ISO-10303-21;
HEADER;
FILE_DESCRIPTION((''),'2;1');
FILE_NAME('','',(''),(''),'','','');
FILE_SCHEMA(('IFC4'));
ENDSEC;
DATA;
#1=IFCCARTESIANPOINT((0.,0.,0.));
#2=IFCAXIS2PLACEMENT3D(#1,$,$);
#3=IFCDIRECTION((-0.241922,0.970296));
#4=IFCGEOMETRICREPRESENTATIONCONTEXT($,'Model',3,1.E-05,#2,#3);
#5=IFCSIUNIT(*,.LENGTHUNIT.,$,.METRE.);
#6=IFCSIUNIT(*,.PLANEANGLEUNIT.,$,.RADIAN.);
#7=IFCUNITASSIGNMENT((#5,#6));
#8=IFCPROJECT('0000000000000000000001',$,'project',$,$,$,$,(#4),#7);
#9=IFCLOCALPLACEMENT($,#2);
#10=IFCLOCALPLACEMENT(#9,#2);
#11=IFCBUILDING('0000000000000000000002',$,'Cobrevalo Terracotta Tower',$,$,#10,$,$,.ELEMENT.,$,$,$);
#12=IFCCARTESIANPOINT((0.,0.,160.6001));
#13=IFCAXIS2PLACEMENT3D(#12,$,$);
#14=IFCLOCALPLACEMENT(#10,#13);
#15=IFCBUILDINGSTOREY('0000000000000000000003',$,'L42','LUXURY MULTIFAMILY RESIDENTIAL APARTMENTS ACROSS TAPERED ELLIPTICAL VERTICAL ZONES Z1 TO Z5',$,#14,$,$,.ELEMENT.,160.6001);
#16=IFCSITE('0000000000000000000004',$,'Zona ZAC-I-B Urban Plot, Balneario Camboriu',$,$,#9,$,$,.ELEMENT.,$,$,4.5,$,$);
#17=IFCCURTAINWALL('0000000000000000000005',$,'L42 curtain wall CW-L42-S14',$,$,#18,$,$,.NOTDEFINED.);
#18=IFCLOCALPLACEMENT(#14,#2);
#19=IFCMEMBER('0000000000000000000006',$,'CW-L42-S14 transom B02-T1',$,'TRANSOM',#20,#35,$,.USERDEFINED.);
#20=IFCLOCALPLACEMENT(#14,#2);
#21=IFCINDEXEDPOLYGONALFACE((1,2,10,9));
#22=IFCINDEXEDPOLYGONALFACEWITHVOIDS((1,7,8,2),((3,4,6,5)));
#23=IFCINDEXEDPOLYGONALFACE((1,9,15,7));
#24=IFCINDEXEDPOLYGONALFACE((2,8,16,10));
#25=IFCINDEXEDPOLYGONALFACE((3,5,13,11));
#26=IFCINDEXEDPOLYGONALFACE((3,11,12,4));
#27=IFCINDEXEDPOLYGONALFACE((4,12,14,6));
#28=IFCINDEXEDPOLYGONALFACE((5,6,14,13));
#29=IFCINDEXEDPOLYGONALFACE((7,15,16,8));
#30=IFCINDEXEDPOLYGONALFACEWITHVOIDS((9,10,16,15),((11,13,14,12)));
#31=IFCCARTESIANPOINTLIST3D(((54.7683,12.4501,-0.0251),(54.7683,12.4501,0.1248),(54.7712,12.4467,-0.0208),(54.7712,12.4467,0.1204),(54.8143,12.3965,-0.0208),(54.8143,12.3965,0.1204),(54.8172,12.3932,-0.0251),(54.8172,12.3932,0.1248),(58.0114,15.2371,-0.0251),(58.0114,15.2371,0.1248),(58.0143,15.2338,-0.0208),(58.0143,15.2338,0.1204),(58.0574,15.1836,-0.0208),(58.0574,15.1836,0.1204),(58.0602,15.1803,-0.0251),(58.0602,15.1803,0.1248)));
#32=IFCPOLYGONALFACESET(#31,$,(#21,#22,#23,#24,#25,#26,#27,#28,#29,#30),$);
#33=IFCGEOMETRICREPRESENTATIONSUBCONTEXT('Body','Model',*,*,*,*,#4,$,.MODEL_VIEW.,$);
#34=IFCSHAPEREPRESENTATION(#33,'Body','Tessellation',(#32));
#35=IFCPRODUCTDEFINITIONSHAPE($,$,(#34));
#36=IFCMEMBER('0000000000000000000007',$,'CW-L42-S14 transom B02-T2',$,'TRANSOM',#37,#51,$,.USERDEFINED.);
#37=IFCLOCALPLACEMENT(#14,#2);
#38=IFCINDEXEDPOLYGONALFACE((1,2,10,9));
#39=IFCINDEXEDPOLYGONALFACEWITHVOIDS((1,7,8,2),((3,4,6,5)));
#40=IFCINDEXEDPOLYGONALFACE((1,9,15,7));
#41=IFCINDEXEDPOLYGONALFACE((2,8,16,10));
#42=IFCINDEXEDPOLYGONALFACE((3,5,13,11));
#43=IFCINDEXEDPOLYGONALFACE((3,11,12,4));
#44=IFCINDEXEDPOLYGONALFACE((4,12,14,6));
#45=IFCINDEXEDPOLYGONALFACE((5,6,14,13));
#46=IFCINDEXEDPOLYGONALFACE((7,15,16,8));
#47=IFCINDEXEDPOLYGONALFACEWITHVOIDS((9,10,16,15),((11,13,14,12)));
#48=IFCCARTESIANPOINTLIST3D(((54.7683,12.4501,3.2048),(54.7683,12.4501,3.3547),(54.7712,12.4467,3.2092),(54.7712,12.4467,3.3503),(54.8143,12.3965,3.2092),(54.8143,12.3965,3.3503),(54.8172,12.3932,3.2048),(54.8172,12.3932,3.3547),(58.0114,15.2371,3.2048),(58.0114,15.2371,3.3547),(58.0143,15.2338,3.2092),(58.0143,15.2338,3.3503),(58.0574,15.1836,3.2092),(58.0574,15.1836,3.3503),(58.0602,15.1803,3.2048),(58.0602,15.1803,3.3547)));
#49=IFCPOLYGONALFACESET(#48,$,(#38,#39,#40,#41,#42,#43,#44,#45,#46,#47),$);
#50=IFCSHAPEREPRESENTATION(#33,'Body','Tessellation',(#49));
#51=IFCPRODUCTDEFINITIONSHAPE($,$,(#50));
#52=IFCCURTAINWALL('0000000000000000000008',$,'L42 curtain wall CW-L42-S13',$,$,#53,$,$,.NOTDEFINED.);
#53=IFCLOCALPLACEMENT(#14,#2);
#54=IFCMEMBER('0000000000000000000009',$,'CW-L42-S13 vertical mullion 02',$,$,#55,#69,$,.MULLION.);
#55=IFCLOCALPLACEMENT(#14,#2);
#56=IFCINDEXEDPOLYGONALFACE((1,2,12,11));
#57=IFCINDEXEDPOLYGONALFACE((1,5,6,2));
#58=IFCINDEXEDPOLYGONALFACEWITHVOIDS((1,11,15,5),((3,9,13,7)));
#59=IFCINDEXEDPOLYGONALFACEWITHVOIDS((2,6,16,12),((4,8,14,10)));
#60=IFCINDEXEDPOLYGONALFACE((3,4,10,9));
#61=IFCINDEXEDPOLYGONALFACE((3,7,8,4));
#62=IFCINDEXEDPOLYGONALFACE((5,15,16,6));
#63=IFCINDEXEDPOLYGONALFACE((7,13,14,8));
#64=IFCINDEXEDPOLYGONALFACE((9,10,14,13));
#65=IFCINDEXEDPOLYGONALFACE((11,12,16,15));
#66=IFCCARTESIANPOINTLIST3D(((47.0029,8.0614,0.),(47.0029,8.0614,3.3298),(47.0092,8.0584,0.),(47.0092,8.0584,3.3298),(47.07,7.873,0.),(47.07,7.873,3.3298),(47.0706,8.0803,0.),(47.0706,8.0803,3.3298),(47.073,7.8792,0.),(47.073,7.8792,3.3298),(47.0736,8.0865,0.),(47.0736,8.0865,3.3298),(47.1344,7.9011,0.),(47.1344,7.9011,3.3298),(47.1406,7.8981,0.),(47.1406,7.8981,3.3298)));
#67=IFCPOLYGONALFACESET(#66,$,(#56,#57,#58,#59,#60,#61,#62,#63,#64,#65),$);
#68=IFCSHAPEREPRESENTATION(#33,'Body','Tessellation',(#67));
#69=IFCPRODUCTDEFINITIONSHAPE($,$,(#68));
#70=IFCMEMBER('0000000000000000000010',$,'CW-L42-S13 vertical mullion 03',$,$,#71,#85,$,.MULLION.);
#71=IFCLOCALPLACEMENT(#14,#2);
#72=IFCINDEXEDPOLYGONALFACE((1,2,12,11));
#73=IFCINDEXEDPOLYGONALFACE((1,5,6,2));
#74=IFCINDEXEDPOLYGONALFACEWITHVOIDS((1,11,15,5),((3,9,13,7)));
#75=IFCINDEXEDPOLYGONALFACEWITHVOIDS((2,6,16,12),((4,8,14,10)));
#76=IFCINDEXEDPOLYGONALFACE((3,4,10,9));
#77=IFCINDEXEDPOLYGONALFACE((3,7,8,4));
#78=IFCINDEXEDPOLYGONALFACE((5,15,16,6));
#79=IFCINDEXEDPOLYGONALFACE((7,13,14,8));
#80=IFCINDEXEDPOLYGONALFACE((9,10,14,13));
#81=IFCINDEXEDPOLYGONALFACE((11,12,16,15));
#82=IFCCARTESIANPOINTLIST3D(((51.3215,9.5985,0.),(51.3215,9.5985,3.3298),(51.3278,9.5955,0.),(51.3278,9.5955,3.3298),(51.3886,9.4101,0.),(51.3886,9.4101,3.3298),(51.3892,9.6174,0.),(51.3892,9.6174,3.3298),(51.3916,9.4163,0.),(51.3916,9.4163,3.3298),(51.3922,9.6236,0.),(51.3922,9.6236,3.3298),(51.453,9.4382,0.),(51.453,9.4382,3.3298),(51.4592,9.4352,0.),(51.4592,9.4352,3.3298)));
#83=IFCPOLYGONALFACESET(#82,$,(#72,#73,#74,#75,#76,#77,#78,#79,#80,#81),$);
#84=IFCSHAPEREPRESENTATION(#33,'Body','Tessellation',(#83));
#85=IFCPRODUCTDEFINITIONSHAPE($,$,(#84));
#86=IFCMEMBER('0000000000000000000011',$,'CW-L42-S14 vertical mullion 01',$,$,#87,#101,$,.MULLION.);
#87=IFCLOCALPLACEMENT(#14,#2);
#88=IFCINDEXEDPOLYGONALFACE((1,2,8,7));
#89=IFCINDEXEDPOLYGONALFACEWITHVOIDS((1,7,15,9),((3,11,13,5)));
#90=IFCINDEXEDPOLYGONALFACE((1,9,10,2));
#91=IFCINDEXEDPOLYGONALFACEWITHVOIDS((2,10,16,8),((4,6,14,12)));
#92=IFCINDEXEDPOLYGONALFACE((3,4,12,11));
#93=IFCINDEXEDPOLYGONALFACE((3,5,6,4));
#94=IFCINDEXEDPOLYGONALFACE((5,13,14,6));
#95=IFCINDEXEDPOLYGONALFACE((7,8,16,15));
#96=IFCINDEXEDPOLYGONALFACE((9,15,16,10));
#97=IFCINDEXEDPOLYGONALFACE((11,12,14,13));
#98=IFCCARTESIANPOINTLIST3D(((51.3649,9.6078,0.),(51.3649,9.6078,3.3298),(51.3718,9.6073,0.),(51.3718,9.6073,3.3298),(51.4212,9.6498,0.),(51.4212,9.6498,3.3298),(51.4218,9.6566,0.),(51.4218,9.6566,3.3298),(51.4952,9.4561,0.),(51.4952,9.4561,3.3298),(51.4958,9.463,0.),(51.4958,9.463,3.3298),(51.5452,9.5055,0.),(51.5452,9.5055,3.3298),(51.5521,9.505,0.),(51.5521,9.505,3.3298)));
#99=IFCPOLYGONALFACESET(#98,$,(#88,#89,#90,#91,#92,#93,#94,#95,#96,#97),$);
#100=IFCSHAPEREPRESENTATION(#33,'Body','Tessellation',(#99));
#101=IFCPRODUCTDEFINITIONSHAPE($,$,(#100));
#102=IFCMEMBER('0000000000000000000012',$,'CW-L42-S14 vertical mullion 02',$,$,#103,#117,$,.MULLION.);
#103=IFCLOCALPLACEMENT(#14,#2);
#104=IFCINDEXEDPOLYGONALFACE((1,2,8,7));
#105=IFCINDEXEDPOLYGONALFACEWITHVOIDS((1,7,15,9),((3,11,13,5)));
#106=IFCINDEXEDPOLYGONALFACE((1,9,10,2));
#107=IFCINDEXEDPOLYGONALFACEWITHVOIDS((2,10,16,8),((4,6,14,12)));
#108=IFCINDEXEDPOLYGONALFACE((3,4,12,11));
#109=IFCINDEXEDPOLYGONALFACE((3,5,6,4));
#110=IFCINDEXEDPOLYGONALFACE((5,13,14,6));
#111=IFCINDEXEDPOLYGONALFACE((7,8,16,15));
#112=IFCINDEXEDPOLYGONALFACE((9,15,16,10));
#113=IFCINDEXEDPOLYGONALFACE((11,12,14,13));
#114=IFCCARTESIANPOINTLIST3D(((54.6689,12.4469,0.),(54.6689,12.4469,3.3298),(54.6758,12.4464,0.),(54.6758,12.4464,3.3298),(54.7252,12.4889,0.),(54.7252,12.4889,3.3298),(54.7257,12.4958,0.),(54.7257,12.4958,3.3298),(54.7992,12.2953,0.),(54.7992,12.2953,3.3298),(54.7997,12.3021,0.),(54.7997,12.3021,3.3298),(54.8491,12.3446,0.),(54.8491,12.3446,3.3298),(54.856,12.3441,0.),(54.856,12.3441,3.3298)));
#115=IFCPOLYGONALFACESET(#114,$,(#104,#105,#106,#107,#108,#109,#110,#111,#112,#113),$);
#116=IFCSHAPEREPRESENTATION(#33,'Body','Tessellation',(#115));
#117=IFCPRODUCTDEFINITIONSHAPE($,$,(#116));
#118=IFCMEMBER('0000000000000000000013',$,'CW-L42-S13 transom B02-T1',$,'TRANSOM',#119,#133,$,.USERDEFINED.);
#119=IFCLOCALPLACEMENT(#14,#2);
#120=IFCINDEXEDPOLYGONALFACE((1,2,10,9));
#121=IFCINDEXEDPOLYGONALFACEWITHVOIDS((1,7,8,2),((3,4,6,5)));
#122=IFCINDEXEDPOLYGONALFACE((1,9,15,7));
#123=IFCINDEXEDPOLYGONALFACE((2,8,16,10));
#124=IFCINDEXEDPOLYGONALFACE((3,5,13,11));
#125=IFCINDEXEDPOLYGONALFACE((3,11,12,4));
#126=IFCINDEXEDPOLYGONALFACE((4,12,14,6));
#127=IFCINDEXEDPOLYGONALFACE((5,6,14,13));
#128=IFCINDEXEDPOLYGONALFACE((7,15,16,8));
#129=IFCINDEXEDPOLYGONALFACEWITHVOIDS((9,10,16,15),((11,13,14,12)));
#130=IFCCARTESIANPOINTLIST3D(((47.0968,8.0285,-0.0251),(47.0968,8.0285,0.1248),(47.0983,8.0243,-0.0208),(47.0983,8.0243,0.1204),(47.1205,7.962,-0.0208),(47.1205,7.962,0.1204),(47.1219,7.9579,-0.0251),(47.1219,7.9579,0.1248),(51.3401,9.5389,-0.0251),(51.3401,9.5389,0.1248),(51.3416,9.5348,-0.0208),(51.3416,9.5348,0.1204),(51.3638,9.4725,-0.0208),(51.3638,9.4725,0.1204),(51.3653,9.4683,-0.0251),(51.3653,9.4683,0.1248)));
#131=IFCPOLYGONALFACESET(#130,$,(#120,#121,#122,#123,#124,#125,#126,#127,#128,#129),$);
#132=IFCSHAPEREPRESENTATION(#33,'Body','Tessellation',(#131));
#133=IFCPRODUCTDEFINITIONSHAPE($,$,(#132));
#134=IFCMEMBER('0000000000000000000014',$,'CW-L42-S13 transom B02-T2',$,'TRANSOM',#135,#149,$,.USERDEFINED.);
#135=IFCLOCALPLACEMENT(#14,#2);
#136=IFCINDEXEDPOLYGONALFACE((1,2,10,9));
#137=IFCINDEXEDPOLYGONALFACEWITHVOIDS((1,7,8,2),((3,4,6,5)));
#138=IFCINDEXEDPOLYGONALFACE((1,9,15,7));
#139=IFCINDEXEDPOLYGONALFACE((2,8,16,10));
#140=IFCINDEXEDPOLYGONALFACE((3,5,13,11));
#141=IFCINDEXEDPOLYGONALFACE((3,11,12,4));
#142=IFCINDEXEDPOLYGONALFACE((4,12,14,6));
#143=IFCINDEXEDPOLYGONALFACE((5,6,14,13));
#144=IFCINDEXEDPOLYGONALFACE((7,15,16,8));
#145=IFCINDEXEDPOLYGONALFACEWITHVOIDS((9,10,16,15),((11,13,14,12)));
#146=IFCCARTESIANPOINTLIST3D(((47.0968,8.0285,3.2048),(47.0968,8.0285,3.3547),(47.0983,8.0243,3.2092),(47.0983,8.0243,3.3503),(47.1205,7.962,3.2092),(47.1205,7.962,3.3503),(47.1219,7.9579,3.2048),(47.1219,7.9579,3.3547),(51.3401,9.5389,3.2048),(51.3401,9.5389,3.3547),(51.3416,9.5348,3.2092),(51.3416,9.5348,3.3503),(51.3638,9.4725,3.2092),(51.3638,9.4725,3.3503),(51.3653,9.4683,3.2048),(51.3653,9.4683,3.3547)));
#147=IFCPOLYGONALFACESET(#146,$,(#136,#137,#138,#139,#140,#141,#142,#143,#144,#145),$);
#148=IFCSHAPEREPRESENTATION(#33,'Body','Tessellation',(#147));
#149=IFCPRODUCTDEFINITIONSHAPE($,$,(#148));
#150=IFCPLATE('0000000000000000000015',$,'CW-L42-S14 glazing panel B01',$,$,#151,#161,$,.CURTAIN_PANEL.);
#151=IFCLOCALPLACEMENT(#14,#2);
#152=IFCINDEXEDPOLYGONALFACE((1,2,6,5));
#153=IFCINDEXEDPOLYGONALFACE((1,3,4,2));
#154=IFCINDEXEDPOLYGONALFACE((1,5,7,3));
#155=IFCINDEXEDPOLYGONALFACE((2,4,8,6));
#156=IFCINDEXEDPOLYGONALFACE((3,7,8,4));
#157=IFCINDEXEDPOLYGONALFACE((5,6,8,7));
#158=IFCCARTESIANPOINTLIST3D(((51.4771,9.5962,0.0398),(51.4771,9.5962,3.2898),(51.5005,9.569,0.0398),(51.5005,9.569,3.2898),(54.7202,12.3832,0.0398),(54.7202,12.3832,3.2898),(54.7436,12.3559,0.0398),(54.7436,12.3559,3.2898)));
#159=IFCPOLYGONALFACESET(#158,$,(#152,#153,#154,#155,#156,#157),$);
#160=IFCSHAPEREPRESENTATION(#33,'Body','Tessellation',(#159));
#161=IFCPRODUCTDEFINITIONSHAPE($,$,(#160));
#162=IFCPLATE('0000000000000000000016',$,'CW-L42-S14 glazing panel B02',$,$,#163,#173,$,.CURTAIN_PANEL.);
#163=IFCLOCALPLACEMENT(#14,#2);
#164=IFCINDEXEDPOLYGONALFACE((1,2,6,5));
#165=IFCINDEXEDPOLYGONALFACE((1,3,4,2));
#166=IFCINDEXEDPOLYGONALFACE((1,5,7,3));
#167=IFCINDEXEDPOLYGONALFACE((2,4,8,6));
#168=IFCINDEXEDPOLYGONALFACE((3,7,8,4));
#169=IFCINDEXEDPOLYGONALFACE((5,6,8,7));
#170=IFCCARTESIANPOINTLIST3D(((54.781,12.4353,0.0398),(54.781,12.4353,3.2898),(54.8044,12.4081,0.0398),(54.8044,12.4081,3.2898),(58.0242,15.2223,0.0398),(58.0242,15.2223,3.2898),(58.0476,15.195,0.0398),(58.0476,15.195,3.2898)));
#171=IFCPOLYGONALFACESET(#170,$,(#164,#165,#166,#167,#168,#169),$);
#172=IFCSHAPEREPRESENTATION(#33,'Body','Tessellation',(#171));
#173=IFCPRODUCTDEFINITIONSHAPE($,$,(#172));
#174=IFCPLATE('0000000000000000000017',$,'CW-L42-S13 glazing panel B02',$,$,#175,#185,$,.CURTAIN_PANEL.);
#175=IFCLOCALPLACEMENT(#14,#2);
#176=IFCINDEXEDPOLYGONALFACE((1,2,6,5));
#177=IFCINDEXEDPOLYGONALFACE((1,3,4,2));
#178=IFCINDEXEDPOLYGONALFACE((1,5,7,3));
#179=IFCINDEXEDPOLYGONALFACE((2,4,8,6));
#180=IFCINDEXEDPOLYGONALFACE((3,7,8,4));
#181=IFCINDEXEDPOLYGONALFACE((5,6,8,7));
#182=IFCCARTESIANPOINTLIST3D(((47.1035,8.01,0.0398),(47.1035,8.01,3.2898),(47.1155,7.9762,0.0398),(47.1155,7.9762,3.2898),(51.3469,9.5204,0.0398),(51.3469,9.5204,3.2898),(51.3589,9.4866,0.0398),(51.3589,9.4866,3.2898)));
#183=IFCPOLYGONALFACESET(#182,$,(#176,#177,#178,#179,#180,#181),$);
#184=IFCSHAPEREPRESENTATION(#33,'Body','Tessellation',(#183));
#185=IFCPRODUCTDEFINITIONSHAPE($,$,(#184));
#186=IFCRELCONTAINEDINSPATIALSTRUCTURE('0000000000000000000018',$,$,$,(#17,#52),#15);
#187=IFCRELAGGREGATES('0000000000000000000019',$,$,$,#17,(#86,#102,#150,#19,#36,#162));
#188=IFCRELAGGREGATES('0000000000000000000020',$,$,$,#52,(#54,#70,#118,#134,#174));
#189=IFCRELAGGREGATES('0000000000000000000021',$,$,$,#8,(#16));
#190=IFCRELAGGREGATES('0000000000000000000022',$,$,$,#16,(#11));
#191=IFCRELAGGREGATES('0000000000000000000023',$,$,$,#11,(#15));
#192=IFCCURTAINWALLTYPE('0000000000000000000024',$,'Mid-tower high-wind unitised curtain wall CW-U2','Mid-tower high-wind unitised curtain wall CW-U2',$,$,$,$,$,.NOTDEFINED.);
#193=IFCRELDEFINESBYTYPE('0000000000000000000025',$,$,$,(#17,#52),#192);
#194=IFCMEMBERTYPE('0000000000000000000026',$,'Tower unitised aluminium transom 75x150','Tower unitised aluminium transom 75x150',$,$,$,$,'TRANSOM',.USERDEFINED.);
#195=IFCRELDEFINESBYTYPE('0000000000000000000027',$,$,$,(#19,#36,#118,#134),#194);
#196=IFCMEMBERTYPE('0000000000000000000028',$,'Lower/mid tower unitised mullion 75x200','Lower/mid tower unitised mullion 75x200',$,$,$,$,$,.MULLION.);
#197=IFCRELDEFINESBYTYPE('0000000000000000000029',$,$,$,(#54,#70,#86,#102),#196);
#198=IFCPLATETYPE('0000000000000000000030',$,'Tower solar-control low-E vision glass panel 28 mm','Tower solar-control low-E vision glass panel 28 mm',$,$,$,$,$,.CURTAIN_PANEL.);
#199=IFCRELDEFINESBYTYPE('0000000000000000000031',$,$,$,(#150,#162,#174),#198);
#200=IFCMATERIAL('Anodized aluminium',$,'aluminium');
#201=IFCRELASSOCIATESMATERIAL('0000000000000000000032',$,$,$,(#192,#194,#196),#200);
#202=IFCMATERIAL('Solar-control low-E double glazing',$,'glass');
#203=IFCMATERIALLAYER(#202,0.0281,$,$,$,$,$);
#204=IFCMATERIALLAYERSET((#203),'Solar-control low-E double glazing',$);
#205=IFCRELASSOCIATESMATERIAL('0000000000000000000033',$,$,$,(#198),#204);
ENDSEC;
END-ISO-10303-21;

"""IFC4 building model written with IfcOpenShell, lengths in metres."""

from ifc_helpers import new_model, si_unit, direction, frame, origin, origin_2d, place, context, subcontext, project, spatial, rectangle, hollow_rectangle, extrude, source, transform, mapped, material, layer, layer_set, material_profile, profile_set, type_object, element, aggregate, save


model = new_model("IFC4")

# Units and contexts
model_context = context("Model", 3, precision=1e-05, world=origin(), true_north=direction((-0.241922, 0.970296)))
body_context = subcontext(model_context, "Body", "Model", "MODEL_VIEW")
ifc_project = project(units=[si_unit("LENGTHUNIT", "METRE"), si_unit("PLANEANGLEUNIT", "RADIAN")], contexts=[model_context])

# Site, building, storey
site_placement = place(None, origin())
site = spatial("IfcSite", under=ifc_project, at=site_placement, Name="Zona ZAC-I-B Urban Plot, Balneario Camboriu", CompositionType="ELEMENT", RefElevation=4.5)
building_placement = place(site_placement, origin())
building = spatial("IfcBuilding", under=site, at=building_placement, Name="Cobrevalo Terracotta Tower", CompositionType="ELEMENT")
storey_placement = place(building_placement, frame((0.0, 0.0, 160.6001)))
storey = spatial("IfcBuildingStorey", under=building, at=storey_placement, Name="L42", Description="LUXURY MULTIFAMILY RESIDENTIAL APARTMENTS ACROSS TAPERED ELLIPTICAL VERTICAL ZONES Z1 TO Z5", CompositionType="ELEMENT", Elevation=160.6001)

# Curtain walls, members
ifc_material_1 = material(Name="Anodized aluminium", Category="aluminium")
curtain_wall_type = type_object("IfcCurtainWallType", Name="Mid-tower high-wind unitised curtain wall CW-U2", Description="Mid-tower high-wind unitised curtain wall CW-U2", PredefinedType="NOTDEFINED", material=ifc_material_1)
curtain_wall_1_placement = place(storey_placement, origin())
curtain_wall_1 = element("IfcCurtainWall", 1, at=curtain_wall_1_placement, inside=storey, type_object=curtain_wall_type, Name="L42 curtain wall CW-L42-S14", PredefinedType="NOTDEFINED")
ifc_material_profile_1 = material_profile(ifc_material_1, hollow_rectangle(XDim=0.075, YDim=0.1499, WallThickness=0.0044, at=origin_2d()), Name="CWT 75x150")
ifc_profile_set_1 = profile_set([ifc_material_profile_1], Name="Anodized aluminium")
member_type_1 = type_object("IfcMemberType", Name="Tower unitised aluminium transom 75x150", Description="Tower unitised aluminium transom 75x150", ElementType="TRANSOM", PredefinedType="USERDEFINED", material=ifc_profile_set_1)
shared_shape_1 = source(origin(), body_context, "Body", "SweptSolid", [
    extrude(hollow_rectangle(XDim=0.075, YDim=0.1499, WallThickness=0.0044, at=origin_2d()), origin(), (0.0, 0.0, 1.0), 4.2761),
])
member_1_placement = place(storey_placement, frame((54.7927, 12.4216, 0.0498), z_axis=(0.758418, 0.651769, 0.0), x_axis=(-0.651769, 0.758418, 0.0)))
member_1 = element("IfcMember", 2, at=member_1_placement, type_object=member_type_1, Name="CW-L42-S14 transom B02-T1", ObjectType="TRANSOM", PredefinedType="USERDEFINED", context=body_context, shape_type="MappedRepresentation", body=[
    mapped(shared_shape_1, transform((0.0, 0.0, 0.0), scale=1.0)),
])
member_2_placement = place(storey_placement, frame((54.7927, 12.4216, 3.2798), z_axis=(0.758418, 0.651769, 0.0), x_axis=(-0.651769, 0.758418, 0.0)))
member_2 = element("IfcMember", 3, at=member_2_placement, type_object=member_type_1, Name="CW-L42-S14 transom B02-T2", ObjectType="TRANSOM", PredefinedType="USERDEFINED", context=body_context, shape_type="MappedRepresentation", body=[
    mapped(shared_shape_1, transform((0.0, 0.0, 0.0), scale=1.0)),
])
curtain_wall_2_placement = place(storey_placement, origin())
curtain_wall_2 = element("IfcCurtainWall", 4, at=curtain_wall_2_placement, inside=storey, type_object=curtain_wall_type, Name="L42 curtain wall CW-L42-S13", PredefinedType="NOTDEFINED")
ifc_material_profile_2 = material_profile(ifc_material_1, hollow_rectangle(XDim=0.075, YDim=0.2, WallThickness=0.0049, at=origin_2d()), Name="CWM 75x200")
ifc_profile_set_2 = profile_set([ifc_material_profile_2], Name="Anodized aluminium")
member_type_2 = type_object("IfcMemberType", Name="Lower/mid tower unitised mullion 75x200", Description="Lower/mid tower unitised mullion 75x200", PredefinedType="MULLION", material=ifc_profile_set_2)
shared_shape_2 = source(origin(), body_context, "Body", "SweptSolid", [
    extrude(hollow_rectangle(XDim=0.075, YDim=0.2, WallThickness=0.0049, at=origin_2d()), origin(), (0.0, 0.0, 1.0), 3.3298),
])
member_3_placement = place(storey_placement, frame((47.0718, 7.9797, 0.0), z_axis=(0.0, 0.0, 1.0), x_axis=(0.942098, 0.335336, 0.0)))
member_3 = element("IfcMember", 5, at=member_3_placement, type_object=member_type_2, Name="CW-L42-S13 vertical mullion 02", PredefinedType="MULLION", context=body_context, shape_type="MappedRepresentation", body=[
    mapped(shared_shape_2, transform((0.0, 0.0, 0.0), scale=1.0)),
])
member_4_placement = place(storey_placement, frame((51.3904, 9.5168, 0.0), z_axis=(0.0, 0.0, 1.0), x_axis=(0.942098, 0.335336, 0.0)))
member_4 = element("IfcMember", 6, at=member_4_placement, type_object=member_type_2, Name="CW-L42-S13 vertical mullion 03", PredefinedType="MULLION", context=body_context, shape_type="MappedRepresentation", body=[
    mapped(shared_shape_2, transform((0.0, 0.0, 0.0), scale=1.0)),
])

# Members
member_5_placement = place(storey_placement, frame((51.4585, 9.5564, 0.0), z_axis=(0.0, 0.0, 1.0), x_axis=(0.758442, 0.651741, 0.0)))
member_5 = element("IfcMember", 7, at=member_5_placement, type_object=member_type_2, Name="CW-L42-S14 vertical mullion 01", PredefinedType="MULLION", context=body_context, shape_type="MappedRepresentation", body=[
    mapped(shared_shape_2, transform((0.0, 0.0, 0.0), scale=1.0)),
])
member_6_placement = place(storey_placement, frame((54.7625, 12.3955, 0.0), z_axis=(0.0, 0.0, 1.0), x_axis=(0.758442, 0.651741, 0.0)))
member_6 = element("IfcMember", 8, at=member_6_placement, type_object=member_type_2, Name="CW-L42-S14 vertical mullion 02", PredefinedType="MULLION", context=body_context, shape_type="MappedRepresentation", body=[
    mapped(shared_shape_2, transform((0.0, 0.0, 0.0), scale=1.0)),
])
shared_shape_3 = source(origin(), body_context, "Body", "SweptSolid", [
    extrude(hollow_rectangle(XDim=0.075, YDim=0.1499, WallThickness=0.0044, at=origin_2d()), origin(), (0.0, 0.0, 1.0), 4.5042),
])
member_7_placement = place(storey_placement, frame((47.1094, 7.9932, 0.0498), z_axis=(0.942093, 0.335351, 0.0), x_axis=(-0.335351, 0.942093, 0.0)))
member_7 = element("IfcMember", 9, at=member_7_placement, type_object=member_type_1, Name="CW-L42-S13 transom B02-T1", ObjectType="TRANSOM", PredefinedType="USERDEFINED", context=body_context, shape_type="MappedRepresentation", body=[
    mapped(shared_shape_3, transform((0.0, 0.0, 0.0), scale=1.0)),
])
member_8_placement = place(storey_placement, frame((47.1094, 7.9932, 3.2798), z_axis=(0.942093, 0.335351, 0.0), x_axis=(-0.335351, 0.942093, 0.0)))
member_8 = element("IfcMember", 10, at=member_8_placement, type_object=member_type_1, Name="CW-L42-S13 transom B02-T2", ObjectType="TRANSOM", PredefinedType="USERDEFINED", context=body_context, shape_type="MappedRepresentation", body=[
    mapped(shared_shape_3, transform((0.0, 0.0, 0.0), scale=1.0)),
])

# Plates
ifc_material_2 = material(Name="Solar-control low-E double glazing", Category="glass")
ifc_layer_1 = layer(ifc_material_2, 0.0281)
ifc_layer_set_1 = layer_set([ifc_layer_1], Name="Solar-control low-E double glazing")
plate_type = type_object("IfcPlateType", Name="Tower solar-control low-E vision glass panel 28 mm", Description="Tower solar-control low-E vision glass panel 28 mm", PredefinedType="CURTAIN_PANEL", material=ifc_layer_set_1)
shared_shape_4 = source(origin(), body_context, "Body", "SweptSolid", [
    extrude(rectangle(XDim=4.2761, YDim=0.0359, at=origin_2d()), origin(), (0.0, 0.0, 1.0), 3.25),
])
plate_1_placement = place(storey_placement, frame((53.1104, 10.9761, 0.0398), z_axis=(0.0, 0.0, 1.0), x_axis=(0.758437, 0.651746, 0.0)))
plate_1 = element("IfcPlate", 11, at=plate_1_placement, type_object=plate_type, Name="CW-L42-S14 glazing panel B01", PredefinedType="CURTAIN_PANEL", context=body_context, shape_type="MappedRepresentation", body=[
    mapped(shared_shape_4, transform((0.0, 0.0, 0.0), scale=1.0)),
])
plate_2_placement = place(storey_placement, frame((56.4143, 13.8152, 0.0398), z_axis=(0.0, 0.0, 1.0), x_axis=(0.758437, 0.651746, 0.0)))
plate_2 = element("IfcPlate", 12, at=plate_2_placement, type_object=plate_type, Name="CW-L42-S14 glazing panel B02", PredefinedType="CURTAIN_PANEL", context=body_context, shape_type="MappedRepresentation", body=[
    mapped(shared_shape_4, transform((0.0, 0.0, 0.0), scale=1.0)),
])
aggregate(curtain_wall_1, [member_5, member_6, plate_1, member_1, member_2, plate_2])
shared_shape_5 = source(origin(), body_context, "Body", "SweptSolid", [
    extrude(rectangle(XDim=4.5042, YDim=0.0359, at=origin_2d()), origin(), (0.0, 0.0, 1.0), 3.25),
])
plate_3_placement = place(storey_placement, frame((49.2312, 8.7483, 0.0398), z_axis=(0.0, 0.0, 1.0), x_axis=(0.942098, 0.335336, 0.0)))
plate_3 = element("IfcPlate", 13, at=plate_3_placement, type_object=plate_type, Name="CW-L42-S13 glazing panel B02", PredefinedType="CURTAIN_PANEL", context=body_context, shape_type="MappedRepresentation", body=[
    mapped(shared_shape_5, transform((0.0, 0.0, 0.0), scale=1.0)),
])
aggregate(curtain_wall_2, [member_3, member_4, member_7, member_8, plate_3])

save(model, "model.ifc")
